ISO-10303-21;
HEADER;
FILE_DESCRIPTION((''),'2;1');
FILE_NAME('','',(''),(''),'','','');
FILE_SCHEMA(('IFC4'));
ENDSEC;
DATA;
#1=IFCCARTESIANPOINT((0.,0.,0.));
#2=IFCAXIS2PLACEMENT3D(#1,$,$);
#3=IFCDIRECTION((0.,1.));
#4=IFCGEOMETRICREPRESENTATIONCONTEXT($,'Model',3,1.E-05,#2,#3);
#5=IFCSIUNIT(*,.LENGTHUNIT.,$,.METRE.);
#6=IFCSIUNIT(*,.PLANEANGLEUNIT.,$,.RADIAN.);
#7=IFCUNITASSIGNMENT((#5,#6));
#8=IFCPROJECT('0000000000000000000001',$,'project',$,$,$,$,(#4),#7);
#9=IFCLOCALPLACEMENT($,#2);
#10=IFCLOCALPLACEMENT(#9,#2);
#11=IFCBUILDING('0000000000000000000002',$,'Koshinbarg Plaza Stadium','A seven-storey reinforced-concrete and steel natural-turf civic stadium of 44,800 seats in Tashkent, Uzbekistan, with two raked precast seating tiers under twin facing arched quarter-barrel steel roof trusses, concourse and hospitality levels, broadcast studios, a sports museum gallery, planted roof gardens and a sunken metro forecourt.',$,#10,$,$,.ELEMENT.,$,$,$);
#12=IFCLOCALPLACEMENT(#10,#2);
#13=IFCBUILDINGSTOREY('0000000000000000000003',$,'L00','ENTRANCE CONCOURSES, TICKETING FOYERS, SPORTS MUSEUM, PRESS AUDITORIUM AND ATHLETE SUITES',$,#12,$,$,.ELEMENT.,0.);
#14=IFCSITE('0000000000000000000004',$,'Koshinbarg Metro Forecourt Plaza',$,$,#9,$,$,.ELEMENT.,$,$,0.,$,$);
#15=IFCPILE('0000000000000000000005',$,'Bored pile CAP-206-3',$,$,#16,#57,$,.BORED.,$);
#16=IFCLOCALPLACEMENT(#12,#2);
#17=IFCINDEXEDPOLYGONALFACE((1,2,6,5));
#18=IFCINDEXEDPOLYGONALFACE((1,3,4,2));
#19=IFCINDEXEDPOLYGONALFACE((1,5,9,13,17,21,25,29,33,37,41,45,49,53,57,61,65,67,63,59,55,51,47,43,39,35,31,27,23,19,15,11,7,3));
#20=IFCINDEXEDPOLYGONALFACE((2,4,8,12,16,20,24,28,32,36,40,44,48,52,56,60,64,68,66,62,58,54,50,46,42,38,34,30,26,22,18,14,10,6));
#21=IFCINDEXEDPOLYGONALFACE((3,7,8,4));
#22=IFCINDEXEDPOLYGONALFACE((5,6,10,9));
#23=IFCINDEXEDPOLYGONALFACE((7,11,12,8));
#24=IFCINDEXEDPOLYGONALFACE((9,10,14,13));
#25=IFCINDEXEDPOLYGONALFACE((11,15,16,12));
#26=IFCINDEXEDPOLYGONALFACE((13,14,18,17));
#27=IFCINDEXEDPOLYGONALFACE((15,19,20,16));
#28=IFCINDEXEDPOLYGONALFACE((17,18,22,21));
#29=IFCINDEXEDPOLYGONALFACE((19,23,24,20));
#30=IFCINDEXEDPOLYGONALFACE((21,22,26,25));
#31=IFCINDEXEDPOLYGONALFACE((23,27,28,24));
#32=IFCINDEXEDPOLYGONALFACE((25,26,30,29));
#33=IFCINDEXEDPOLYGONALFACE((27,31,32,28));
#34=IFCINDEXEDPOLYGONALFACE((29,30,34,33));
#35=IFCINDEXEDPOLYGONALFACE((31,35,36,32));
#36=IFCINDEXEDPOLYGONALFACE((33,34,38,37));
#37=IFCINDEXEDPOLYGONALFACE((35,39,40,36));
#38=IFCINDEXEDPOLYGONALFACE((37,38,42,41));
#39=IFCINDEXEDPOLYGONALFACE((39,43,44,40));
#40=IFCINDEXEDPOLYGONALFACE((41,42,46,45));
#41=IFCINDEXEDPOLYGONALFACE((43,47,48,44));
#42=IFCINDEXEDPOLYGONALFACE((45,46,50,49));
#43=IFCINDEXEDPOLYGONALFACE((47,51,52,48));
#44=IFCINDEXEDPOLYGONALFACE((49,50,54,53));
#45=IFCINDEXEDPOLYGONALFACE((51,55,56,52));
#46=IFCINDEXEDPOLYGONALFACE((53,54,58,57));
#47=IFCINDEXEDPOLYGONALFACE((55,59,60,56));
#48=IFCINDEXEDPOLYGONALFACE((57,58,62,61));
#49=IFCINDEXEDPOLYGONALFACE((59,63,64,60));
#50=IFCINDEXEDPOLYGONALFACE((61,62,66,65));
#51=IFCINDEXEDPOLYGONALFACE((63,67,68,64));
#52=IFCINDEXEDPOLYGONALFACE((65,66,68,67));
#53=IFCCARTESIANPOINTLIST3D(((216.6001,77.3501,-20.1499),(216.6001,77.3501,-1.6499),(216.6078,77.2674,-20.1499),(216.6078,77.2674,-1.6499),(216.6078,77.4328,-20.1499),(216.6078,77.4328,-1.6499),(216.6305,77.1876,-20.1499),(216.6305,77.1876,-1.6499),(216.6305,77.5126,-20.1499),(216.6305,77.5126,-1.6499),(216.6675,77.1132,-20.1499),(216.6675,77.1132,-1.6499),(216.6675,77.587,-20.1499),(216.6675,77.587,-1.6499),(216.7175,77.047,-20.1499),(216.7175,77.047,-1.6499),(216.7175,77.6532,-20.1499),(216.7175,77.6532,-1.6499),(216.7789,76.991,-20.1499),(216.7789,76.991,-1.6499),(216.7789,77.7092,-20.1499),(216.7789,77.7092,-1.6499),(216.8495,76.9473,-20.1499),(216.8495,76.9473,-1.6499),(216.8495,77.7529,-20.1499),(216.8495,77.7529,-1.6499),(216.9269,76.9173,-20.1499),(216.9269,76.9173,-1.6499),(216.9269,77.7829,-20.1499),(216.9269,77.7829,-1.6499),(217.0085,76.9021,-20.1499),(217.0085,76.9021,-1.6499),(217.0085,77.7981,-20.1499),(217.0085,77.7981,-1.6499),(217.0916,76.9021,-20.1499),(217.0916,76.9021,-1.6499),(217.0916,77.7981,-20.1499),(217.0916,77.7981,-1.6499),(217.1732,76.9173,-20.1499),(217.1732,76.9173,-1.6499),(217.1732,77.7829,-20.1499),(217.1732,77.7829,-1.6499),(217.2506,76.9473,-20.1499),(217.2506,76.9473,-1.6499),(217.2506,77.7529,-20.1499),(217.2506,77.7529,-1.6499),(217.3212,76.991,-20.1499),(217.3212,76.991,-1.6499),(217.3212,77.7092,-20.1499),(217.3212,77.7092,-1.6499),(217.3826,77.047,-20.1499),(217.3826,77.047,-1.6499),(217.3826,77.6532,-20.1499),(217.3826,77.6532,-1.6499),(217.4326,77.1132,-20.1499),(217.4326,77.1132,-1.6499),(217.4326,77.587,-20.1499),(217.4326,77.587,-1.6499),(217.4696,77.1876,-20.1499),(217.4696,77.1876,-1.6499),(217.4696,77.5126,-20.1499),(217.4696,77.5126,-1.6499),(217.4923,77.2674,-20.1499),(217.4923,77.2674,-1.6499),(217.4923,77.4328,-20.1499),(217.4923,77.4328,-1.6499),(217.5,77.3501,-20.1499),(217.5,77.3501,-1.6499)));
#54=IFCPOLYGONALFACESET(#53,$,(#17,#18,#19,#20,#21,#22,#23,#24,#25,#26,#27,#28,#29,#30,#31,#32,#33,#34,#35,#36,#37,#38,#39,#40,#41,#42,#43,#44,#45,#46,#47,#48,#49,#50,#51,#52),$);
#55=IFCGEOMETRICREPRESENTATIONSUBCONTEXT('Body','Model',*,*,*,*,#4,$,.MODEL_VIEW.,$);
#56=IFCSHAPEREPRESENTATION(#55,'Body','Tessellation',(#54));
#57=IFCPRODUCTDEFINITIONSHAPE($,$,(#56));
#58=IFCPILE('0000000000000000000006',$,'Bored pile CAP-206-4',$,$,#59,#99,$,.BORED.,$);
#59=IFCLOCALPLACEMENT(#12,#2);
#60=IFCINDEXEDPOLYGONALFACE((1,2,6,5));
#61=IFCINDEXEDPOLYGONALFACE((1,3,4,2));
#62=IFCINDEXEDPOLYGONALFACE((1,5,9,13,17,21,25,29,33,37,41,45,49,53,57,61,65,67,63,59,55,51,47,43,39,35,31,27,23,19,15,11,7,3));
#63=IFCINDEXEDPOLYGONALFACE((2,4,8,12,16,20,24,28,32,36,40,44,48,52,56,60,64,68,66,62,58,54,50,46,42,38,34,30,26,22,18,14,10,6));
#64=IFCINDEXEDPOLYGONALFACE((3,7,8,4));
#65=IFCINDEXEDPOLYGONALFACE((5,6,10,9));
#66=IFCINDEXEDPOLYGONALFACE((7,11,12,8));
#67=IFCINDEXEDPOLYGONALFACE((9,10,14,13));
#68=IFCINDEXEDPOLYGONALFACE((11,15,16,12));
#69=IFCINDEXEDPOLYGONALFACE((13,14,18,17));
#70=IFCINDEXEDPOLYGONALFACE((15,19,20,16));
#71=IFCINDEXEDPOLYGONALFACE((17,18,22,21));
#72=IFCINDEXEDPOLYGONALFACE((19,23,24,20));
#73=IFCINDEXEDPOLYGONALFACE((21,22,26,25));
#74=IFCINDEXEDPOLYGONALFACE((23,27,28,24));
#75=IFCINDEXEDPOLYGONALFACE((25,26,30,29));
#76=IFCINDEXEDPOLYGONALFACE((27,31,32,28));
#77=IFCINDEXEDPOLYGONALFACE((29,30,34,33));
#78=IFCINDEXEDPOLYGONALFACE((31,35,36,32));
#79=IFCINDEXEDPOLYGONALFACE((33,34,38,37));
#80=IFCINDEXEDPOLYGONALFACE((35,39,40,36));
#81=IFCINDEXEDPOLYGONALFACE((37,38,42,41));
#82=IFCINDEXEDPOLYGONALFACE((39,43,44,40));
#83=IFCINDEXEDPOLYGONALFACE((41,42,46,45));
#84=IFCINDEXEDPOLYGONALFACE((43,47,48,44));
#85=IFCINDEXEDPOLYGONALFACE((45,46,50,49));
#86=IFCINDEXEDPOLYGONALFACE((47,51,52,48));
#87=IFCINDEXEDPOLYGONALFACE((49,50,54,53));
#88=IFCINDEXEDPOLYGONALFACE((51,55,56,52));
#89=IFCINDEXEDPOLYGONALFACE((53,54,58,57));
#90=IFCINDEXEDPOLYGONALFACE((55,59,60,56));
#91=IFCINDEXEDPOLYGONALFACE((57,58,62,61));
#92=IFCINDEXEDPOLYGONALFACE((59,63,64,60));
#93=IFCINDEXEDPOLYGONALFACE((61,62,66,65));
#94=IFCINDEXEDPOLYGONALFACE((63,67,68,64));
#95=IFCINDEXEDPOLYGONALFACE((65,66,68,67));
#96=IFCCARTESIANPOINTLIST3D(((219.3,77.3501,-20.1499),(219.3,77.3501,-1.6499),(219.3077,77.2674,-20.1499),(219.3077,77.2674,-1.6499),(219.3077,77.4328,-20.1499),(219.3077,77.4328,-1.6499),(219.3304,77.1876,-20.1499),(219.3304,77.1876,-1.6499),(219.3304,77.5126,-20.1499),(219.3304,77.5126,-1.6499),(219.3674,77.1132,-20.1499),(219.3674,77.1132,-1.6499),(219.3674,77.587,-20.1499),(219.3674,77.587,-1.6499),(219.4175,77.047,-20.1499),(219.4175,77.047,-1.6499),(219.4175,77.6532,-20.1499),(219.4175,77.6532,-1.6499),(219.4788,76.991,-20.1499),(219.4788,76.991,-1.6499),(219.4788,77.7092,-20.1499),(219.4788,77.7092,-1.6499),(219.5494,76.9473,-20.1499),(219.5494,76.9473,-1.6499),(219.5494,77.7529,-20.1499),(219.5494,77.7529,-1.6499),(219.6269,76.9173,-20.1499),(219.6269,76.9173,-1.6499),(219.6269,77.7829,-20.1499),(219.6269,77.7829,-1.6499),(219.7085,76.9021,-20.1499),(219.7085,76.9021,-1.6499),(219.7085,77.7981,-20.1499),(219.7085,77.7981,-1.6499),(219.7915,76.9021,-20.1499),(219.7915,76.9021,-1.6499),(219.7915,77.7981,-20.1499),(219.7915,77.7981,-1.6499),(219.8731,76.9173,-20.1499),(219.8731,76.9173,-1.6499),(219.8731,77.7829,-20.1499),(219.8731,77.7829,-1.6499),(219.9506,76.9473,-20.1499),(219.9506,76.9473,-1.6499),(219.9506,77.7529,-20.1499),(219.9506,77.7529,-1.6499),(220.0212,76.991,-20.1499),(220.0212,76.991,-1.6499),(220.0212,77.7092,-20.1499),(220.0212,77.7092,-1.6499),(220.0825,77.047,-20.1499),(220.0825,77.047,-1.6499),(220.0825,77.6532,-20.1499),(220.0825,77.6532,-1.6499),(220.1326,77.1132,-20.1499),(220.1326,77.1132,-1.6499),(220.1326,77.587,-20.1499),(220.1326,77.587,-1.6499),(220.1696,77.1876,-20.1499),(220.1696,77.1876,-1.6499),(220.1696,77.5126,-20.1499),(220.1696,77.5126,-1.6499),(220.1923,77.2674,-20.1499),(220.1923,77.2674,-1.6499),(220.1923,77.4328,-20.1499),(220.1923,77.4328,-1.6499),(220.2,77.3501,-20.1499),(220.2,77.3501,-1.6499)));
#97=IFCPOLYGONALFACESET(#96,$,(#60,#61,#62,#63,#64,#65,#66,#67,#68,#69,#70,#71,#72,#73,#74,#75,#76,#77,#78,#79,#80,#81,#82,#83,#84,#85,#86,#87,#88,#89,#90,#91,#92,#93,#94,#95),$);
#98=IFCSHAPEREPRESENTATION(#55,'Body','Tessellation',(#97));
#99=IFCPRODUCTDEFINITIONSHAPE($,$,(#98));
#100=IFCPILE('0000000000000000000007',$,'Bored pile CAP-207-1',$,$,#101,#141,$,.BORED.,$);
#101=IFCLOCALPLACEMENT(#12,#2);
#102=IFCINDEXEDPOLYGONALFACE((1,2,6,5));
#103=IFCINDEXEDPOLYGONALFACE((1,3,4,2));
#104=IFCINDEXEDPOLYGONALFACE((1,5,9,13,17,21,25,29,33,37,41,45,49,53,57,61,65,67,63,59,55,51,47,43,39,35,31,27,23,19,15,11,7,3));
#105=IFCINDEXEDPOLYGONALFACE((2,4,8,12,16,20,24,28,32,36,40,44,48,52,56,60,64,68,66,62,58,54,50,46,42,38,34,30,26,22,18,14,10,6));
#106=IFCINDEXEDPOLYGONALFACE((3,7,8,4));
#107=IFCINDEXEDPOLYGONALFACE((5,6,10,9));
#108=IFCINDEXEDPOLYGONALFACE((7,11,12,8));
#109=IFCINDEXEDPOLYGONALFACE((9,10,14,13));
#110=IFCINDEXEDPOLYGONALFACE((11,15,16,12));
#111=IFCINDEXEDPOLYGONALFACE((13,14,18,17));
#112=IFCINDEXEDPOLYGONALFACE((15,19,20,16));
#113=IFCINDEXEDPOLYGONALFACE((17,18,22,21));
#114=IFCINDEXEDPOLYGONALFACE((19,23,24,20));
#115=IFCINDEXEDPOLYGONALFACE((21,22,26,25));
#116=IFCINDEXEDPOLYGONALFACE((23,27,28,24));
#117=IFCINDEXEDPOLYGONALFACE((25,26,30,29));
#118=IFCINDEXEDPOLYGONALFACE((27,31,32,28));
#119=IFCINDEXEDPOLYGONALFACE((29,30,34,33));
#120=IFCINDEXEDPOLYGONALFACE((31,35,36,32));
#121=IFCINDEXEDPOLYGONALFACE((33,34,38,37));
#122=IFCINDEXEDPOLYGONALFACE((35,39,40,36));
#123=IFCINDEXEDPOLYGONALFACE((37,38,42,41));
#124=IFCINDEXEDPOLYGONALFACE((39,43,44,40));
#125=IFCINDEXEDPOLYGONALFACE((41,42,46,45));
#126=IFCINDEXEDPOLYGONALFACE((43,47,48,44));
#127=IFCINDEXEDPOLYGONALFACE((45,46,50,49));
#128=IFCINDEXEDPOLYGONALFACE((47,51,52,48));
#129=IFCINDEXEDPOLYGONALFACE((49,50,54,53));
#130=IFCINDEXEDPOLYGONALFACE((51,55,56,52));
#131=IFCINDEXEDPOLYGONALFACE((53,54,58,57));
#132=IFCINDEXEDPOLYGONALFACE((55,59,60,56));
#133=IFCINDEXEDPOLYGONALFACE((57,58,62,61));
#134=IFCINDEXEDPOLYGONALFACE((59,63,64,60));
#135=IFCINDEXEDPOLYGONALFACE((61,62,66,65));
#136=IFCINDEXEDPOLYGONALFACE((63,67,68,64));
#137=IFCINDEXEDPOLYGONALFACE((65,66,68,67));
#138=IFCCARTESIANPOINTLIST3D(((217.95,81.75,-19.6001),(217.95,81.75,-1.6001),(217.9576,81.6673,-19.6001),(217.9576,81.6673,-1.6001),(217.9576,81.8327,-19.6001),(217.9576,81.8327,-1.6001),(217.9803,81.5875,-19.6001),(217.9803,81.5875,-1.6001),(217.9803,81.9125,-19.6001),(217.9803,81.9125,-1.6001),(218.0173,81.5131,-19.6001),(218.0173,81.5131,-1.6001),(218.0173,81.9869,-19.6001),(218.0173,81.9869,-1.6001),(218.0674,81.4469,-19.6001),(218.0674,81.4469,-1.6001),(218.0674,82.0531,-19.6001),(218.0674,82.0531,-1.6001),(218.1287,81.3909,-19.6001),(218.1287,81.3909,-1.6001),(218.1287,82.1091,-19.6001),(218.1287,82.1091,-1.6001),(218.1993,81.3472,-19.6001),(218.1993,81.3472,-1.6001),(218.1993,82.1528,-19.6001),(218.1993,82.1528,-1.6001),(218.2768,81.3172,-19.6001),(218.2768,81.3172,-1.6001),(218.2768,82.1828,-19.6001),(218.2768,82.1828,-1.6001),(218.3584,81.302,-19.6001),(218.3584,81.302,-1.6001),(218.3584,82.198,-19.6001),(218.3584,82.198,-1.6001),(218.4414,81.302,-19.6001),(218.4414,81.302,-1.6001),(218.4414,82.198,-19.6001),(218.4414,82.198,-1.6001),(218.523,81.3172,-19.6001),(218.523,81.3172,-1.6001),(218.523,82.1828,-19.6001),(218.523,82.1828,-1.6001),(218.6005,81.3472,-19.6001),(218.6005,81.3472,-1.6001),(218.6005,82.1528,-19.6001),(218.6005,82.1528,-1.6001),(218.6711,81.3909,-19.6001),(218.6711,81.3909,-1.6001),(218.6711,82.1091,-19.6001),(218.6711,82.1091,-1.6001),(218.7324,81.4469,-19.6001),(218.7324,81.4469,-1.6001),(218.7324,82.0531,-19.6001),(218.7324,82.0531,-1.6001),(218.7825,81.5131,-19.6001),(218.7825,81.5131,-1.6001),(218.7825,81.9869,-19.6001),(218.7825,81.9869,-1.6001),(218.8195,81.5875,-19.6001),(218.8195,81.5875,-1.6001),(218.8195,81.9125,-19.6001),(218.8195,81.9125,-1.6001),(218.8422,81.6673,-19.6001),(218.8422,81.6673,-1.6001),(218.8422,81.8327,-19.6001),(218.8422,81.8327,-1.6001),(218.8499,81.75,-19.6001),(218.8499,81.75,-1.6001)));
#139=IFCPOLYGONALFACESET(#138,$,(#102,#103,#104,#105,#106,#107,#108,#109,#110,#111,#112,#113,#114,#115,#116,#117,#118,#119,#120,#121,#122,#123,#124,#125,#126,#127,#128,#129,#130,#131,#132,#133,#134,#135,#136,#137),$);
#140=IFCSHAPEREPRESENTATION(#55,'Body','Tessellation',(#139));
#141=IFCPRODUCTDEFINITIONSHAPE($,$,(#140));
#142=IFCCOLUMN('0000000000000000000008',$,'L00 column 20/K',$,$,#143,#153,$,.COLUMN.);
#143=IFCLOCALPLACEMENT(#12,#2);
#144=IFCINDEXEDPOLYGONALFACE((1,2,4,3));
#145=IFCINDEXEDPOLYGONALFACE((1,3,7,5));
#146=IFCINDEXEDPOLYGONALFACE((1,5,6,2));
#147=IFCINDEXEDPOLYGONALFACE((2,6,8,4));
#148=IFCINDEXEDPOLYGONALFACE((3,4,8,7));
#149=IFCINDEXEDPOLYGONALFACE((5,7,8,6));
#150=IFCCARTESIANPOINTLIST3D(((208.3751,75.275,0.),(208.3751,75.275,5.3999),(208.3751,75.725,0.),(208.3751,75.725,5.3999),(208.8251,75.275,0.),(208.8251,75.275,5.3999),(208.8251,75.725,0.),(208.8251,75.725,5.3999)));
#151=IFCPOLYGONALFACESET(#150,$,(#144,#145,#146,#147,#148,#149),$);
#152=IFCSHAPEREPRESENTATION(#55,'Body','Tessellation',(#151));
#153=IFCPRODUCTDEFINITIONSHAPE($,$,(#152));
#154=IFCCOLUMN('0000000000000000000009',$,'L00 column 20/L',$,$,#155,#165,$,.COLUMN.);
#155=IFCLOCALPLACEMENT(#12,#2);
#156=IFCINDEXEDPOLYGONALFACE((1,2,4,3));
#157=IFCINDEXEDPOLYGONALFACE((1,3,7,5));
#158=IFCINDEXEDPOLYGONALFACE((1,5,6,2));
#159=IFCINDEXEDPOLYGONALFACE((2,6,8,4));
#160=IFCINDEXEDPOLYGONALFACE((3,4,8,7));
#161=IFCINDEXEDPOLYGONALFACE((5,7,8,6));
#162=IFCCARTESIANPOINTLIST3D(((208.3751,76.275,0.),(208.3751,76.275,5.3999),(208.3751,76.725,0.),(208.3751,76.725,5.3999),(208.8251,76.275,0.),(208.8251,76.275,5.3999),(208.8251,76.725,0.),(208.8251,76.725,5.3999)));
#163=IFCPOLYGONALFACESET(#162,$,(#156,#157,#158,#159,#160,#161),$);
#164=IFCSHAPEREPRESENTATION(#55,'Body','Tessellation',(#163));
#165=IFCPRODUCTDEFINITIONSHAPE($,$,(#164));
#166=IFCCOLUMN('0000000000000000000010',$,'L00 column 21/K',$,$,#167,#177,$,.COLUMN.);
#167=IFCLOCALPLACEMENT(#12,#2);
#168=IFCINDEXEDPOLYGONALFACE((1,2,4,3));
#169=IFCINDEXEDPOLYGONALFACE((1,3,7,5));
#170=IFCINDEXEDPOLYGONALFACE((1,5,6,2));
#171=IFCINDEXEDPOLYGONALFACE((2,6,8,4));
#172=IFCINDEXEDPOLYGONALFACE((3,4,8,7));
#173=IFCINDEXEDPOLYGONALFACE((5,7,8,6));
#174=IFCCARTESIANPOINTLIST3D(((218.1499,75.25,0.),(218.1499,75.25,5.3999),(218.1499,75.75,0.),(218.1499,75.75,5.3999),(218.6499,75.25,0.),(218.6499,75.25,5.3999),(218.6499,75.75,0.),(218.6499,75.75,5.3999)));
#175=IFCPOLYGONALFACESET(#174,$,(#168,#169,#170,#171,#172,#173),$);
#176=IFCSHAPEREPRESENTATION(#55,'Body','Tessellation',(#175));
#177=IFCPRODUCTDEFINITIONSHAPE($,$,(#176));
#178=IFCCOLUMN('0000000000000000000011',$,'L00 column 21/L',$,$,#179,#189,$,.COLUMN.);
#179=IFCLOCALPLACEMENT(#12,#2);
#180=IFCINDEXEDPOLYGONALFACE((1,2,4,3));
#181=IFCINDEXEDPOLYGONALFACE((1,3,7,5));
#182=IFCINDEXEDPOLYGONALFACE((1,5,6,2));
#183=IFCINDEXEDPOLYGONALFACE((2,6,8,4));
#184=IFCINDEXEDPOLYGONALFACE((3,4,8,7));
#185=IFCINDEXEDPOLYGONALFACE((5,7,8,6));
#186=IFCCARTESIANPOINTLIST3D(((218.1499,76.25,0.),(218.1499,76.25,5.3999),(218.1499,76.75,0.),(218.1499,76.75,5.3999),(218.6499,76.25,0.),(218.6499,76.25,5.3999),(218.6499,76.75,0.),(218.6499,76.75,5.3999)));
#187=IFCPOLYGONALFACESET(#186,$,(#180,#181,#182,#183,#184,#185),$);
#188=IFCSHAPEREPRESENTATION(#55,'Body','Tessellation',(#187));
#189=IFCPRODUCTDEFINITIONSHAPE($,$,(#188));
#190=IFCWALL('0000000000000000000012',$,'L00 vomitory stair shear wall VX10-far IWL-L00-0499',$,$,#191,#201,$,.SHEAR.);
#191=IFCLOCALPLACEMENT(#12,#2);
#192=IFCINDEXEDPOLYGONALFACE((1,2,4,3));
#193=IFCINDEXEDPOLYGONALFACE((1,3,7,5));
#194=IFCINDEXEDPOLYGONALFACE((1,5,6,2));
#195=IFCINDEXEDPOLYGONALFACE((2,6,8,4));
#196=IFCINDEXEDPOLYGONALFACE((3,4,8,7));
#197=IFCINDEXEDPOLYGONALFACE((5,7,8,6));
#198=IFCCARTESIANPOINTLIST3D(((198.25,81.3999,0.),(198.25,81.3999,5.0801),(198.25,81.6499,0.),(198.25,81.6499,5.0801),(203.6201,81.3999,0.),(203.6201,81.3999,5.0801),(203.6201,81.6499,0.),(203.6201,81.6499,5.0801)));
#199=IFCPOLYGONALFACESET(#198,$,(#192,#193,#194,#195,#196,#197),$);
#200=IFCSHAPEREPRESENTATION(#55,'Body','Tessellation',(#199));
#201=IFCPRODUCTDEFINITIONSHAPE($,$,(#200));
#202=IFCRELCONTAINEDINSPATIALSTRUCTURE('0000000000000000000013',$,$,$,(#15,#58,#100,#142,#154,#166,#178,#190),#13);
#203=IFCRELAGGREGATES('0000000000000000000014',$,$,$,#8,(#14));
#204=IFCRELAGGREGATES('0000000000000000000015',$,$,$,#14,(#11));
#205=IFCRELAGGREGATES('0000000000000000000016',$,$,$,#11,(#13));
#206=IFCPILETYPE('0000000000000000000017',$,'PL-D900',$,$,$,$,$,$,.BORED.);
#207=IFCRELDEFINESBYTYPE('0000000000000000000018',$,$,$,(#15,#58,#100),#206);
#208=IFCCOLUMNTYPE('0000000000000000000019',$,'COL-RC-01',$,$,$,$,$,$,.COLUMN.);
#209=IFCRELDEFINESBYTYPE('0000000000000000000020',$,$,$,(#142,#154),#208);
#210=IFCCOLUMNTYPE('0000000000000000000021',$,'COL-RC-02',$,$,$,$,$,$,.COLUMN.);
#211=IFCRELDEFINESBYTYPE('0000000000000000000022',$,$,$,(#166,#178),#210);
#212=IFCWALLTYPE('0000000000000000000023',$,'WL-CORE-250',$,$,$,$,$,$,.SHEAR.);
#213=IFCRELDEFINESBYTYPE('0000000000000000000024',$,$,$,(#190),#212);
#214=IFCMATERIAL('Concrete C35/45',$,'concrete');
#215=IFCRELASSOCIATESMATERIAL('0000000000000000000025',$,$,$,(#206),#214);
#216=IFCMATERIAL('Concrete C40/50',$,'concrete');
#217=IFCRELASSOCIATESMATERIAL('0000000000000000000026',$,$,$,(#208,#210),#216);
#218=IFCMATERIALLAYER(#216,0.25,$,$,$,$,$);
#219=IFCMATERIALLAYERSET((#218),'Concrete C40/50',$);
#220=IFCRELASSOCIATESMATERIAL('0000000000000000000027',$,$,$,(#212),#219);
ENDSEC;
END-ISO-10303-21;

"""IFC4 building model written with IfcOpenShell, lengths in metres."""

from ifc_helpers import new_model, si_unit, direction, frame, frame_2d, origin, origin_2d, place, context, subcontext, project, spatial, rectangle, circle, extrude, material, layer, layer_set, material_profile, profile_set, type_object, element, save


model = new_model("IFC4")

# Units and contexts
model_context = context("Model", 3, precision=1e-05, world=origin(), true_north=direction((0.0, 1.0)))
body_context = subcontext(model_context, "Body", "Model", "MODEL_VIEW")
ifc_project = project(units=[si_unit("LENGTHUNIT", "METRE"), si_unit("PLANEANGLEUNIT", "RADIAN")], contexts=[model_context])

# Site, building, storey
site_placement = place(None, origin())
site = spatial("IfcSite", under=ifc_project, at=site_placement, Name="Koshinbarg Metro Forecourt Plaza", CompositionType="ELEMENT", RefElevation=0.0)
building_placement = place(site_placement, origin())
building = spatial("IfcBuilding", under=site, at=building_placement, Name="Koshinbarg Plaza Stadium", Description="A seven-storey reinforced-concrete and steel natural-turf civic stadium of 44,800 seats in Tashkent, Uzbekistan, with two raked precast seating tiers under twin facing arched quarter-barrel steel roof trusses, concourse and hospitality levels, broadcast studios, a sports museum gallery, planted roof gardens and a sunken metro forecourt.", CompositionType="ELEMENT")
storey_placement = place(building_placement, origin())
storey = spatial("IfcBuildingStorey", under=building, at=storey_placement, Name="L00", Description="ENTRANCE CONCOURSES, TICKETING FOYERS, SPORTS MUSEUM, PRESS AUDITORIUM AND ATHLETE SUITES", CompositionType="ELEMENT", Elevation=0.0)

# Shared definitions
ifc_material_1 = material(Name="Concrete C35/45", Category="concrete")

# Piles
ifc_material_profile_1 = material_profile(ifc_material_1, circle(Radius=0.45, at=origin_2d()), Name="PILE D900")
ifc_profile_set_1 = profile_set([ifc_material_profile_1], Name="Concrete C35/45")
pile_type_1 = type_object("IfcPileType", Name="PL-D900", PredefinedType="BORED", material=ifc_profile_set_1)
for number, where, z_axis, x_axis, name in (
    (1, (217.05, 77.3501, -1.6499), (0.0, 0.0, -1.0), (1.0, 0.0, 0.0), "Bored pile CAP-206-3"),
    (2, (219.75, 77.3501, -1.6499), (0.0, 0.0, -1.0), (1.0, 0.0, 0.0), "Bored pile CAP-206-4"),
):
    element("IfcPile", number, at=place(storey_placement, frame(where, z_axis=z_axis, x_axis=x_axis)), inside=storey, type_object=pile_type_1, Name=name, PredefinedType="BORED", context=body_context, shape_type="SweptSolid", body=[
        extrude(circle(Radius=0.45, at=origin_2d()), origin(), (0.0, 0.0, 1.0), 18.5),
    ])
pile_1_placement = place(storey_placement, frame((218.3999, 81.75, -1.6001), z_axis=(0.0, 0.0, -1.0), x_axis=(1.0, 0.0, 0.0)))
element("IfcPile", 3, at=pile_1_placement, inside=storey, type_object=pile_type_1, Name="Bored pile CAP-207-1", PredefinedType="BORED", context=body_context, shape_type="SweptSolid", body=[
    extrude(circle(Radius=0.45, at=origin_2d()), origin(), (0.0, 0.0, 1.0), 18.0),
])

# Columns
ifc_material_2 = material(Name="Concrete C40/50", Category="concrete")
ifc_material_profile_2 = material_profile(ifc_material_2, rectangle(XDim=0.45, YDim=0.45, at=origin_2d()), Name="RC 450x450")
ifc_profile_set_2 = profile_set([ifc_material_profile_2], Name="Concrete C40/50")
column_type_1 = type_object("IfcColumnType", Name="COL-RC-01", PredefinedType="COLUMN", material=ifc_profile_set_2)
for number, where, z_axis, x_axis, name in (
    (4, (208.6001, 75.5, 0.0), (0.0, 0.0, 1.0), (1.0, 0.0, 0.0), "L00 column 20/K"),
    (5, (208.6001, 76.5, 0.0), (0.0, 0.0, 1.0), (1.0, 0.0, 0.0), "L00 column 20/L"),
):
    element("IfcColumn", number, at=place(storey_placement, frame(where, z_axis=z_axis, x_axis=x_axis)), inside=storey, type_object=column_type_1, Name=name, PredefinedType="COLUMN", context=body_context, shape_type="SweptSolid", body=[
        extrude(rectangle(XDim=0.45, YDim=0.45, at=origin_2d()), origin(), (0.0, 0.0, 1.0), 5.3999),
    ])
ifc_material_profile_3 = material_profile(ifc_material_2, rectangle(XDim=0.5, YDim=0.5, at=origin_2d()), Name="RC 500x500")
ifc_profile_set_3 = profile_set([ifc_material_profile_3], Name="Concrete C40/50")
column_type_2 = type_object("IfcColumnType", Name="COL-RC-02", PredefinedType="COLUMN", material=ifc_profile_set_3)
for number, where, z_axis, x_axis, name in (
    (6, (218.3999, 75.5, 0.0), (0.0, 0.0, 1.0), (1.0, 0.0, 0.0), "L00 column 21/K"),
    (7, (218.3999, 76.5, 0.0), (0.0, 0.0, 1.0), (1.0, 0.0, 0.0), "L00 column 21/L"),
):
    element("IfcColumn", number, at=place(storey_placement, frame(where, z_axis=z_axis, x_axis=x_axis)), inside=storey, type_object=column_type_2, Name=name, PredefinedType="COLUMN", context=body_context, shape_type="SweptSolid", body=[
        extrude(rectangle(XDim=0.5, YDim=0.5, at=origin_2d()), origin(), (0.0, 0.0, 1.0), 5.3999),
    ])

# Wall
ifc_layer_1 = layer(ifc_material_2, 0.25)
ifc_layer_set_1 = layer_set([ifc_layer_1], Name="Concrete C40/50")
wall_type_1 = type_object("IfcWallType", Name="WL-CORE-250", PredefinedType="SHEAR", material=ifc_layer_set_1)
wall_1_placement = place(storey_placement, frame((203.6201, 81.5249, 0.0), z_axis=(0.0, 0.0, 1.0), x_axis=(-1.0, 0.0, 0.0)))
element("IfcWall", 8, at=wall_1_placement, inside=storey, type_object=wall_type_1, Name="L00 vomitory stair shear wall VX10-far IWL-L00-0499", PredefinedType="SHEAR", context=body_context, shape_type="SweptSolid", body=[
    extrude(rectangle(XDim=5.3701, YDim=0.25, at=frame_2d((2.6851, 0.0))), origin(), (0.0, 0.0, 1.0), 5.0801),
])

save(model, "model.ifc")
